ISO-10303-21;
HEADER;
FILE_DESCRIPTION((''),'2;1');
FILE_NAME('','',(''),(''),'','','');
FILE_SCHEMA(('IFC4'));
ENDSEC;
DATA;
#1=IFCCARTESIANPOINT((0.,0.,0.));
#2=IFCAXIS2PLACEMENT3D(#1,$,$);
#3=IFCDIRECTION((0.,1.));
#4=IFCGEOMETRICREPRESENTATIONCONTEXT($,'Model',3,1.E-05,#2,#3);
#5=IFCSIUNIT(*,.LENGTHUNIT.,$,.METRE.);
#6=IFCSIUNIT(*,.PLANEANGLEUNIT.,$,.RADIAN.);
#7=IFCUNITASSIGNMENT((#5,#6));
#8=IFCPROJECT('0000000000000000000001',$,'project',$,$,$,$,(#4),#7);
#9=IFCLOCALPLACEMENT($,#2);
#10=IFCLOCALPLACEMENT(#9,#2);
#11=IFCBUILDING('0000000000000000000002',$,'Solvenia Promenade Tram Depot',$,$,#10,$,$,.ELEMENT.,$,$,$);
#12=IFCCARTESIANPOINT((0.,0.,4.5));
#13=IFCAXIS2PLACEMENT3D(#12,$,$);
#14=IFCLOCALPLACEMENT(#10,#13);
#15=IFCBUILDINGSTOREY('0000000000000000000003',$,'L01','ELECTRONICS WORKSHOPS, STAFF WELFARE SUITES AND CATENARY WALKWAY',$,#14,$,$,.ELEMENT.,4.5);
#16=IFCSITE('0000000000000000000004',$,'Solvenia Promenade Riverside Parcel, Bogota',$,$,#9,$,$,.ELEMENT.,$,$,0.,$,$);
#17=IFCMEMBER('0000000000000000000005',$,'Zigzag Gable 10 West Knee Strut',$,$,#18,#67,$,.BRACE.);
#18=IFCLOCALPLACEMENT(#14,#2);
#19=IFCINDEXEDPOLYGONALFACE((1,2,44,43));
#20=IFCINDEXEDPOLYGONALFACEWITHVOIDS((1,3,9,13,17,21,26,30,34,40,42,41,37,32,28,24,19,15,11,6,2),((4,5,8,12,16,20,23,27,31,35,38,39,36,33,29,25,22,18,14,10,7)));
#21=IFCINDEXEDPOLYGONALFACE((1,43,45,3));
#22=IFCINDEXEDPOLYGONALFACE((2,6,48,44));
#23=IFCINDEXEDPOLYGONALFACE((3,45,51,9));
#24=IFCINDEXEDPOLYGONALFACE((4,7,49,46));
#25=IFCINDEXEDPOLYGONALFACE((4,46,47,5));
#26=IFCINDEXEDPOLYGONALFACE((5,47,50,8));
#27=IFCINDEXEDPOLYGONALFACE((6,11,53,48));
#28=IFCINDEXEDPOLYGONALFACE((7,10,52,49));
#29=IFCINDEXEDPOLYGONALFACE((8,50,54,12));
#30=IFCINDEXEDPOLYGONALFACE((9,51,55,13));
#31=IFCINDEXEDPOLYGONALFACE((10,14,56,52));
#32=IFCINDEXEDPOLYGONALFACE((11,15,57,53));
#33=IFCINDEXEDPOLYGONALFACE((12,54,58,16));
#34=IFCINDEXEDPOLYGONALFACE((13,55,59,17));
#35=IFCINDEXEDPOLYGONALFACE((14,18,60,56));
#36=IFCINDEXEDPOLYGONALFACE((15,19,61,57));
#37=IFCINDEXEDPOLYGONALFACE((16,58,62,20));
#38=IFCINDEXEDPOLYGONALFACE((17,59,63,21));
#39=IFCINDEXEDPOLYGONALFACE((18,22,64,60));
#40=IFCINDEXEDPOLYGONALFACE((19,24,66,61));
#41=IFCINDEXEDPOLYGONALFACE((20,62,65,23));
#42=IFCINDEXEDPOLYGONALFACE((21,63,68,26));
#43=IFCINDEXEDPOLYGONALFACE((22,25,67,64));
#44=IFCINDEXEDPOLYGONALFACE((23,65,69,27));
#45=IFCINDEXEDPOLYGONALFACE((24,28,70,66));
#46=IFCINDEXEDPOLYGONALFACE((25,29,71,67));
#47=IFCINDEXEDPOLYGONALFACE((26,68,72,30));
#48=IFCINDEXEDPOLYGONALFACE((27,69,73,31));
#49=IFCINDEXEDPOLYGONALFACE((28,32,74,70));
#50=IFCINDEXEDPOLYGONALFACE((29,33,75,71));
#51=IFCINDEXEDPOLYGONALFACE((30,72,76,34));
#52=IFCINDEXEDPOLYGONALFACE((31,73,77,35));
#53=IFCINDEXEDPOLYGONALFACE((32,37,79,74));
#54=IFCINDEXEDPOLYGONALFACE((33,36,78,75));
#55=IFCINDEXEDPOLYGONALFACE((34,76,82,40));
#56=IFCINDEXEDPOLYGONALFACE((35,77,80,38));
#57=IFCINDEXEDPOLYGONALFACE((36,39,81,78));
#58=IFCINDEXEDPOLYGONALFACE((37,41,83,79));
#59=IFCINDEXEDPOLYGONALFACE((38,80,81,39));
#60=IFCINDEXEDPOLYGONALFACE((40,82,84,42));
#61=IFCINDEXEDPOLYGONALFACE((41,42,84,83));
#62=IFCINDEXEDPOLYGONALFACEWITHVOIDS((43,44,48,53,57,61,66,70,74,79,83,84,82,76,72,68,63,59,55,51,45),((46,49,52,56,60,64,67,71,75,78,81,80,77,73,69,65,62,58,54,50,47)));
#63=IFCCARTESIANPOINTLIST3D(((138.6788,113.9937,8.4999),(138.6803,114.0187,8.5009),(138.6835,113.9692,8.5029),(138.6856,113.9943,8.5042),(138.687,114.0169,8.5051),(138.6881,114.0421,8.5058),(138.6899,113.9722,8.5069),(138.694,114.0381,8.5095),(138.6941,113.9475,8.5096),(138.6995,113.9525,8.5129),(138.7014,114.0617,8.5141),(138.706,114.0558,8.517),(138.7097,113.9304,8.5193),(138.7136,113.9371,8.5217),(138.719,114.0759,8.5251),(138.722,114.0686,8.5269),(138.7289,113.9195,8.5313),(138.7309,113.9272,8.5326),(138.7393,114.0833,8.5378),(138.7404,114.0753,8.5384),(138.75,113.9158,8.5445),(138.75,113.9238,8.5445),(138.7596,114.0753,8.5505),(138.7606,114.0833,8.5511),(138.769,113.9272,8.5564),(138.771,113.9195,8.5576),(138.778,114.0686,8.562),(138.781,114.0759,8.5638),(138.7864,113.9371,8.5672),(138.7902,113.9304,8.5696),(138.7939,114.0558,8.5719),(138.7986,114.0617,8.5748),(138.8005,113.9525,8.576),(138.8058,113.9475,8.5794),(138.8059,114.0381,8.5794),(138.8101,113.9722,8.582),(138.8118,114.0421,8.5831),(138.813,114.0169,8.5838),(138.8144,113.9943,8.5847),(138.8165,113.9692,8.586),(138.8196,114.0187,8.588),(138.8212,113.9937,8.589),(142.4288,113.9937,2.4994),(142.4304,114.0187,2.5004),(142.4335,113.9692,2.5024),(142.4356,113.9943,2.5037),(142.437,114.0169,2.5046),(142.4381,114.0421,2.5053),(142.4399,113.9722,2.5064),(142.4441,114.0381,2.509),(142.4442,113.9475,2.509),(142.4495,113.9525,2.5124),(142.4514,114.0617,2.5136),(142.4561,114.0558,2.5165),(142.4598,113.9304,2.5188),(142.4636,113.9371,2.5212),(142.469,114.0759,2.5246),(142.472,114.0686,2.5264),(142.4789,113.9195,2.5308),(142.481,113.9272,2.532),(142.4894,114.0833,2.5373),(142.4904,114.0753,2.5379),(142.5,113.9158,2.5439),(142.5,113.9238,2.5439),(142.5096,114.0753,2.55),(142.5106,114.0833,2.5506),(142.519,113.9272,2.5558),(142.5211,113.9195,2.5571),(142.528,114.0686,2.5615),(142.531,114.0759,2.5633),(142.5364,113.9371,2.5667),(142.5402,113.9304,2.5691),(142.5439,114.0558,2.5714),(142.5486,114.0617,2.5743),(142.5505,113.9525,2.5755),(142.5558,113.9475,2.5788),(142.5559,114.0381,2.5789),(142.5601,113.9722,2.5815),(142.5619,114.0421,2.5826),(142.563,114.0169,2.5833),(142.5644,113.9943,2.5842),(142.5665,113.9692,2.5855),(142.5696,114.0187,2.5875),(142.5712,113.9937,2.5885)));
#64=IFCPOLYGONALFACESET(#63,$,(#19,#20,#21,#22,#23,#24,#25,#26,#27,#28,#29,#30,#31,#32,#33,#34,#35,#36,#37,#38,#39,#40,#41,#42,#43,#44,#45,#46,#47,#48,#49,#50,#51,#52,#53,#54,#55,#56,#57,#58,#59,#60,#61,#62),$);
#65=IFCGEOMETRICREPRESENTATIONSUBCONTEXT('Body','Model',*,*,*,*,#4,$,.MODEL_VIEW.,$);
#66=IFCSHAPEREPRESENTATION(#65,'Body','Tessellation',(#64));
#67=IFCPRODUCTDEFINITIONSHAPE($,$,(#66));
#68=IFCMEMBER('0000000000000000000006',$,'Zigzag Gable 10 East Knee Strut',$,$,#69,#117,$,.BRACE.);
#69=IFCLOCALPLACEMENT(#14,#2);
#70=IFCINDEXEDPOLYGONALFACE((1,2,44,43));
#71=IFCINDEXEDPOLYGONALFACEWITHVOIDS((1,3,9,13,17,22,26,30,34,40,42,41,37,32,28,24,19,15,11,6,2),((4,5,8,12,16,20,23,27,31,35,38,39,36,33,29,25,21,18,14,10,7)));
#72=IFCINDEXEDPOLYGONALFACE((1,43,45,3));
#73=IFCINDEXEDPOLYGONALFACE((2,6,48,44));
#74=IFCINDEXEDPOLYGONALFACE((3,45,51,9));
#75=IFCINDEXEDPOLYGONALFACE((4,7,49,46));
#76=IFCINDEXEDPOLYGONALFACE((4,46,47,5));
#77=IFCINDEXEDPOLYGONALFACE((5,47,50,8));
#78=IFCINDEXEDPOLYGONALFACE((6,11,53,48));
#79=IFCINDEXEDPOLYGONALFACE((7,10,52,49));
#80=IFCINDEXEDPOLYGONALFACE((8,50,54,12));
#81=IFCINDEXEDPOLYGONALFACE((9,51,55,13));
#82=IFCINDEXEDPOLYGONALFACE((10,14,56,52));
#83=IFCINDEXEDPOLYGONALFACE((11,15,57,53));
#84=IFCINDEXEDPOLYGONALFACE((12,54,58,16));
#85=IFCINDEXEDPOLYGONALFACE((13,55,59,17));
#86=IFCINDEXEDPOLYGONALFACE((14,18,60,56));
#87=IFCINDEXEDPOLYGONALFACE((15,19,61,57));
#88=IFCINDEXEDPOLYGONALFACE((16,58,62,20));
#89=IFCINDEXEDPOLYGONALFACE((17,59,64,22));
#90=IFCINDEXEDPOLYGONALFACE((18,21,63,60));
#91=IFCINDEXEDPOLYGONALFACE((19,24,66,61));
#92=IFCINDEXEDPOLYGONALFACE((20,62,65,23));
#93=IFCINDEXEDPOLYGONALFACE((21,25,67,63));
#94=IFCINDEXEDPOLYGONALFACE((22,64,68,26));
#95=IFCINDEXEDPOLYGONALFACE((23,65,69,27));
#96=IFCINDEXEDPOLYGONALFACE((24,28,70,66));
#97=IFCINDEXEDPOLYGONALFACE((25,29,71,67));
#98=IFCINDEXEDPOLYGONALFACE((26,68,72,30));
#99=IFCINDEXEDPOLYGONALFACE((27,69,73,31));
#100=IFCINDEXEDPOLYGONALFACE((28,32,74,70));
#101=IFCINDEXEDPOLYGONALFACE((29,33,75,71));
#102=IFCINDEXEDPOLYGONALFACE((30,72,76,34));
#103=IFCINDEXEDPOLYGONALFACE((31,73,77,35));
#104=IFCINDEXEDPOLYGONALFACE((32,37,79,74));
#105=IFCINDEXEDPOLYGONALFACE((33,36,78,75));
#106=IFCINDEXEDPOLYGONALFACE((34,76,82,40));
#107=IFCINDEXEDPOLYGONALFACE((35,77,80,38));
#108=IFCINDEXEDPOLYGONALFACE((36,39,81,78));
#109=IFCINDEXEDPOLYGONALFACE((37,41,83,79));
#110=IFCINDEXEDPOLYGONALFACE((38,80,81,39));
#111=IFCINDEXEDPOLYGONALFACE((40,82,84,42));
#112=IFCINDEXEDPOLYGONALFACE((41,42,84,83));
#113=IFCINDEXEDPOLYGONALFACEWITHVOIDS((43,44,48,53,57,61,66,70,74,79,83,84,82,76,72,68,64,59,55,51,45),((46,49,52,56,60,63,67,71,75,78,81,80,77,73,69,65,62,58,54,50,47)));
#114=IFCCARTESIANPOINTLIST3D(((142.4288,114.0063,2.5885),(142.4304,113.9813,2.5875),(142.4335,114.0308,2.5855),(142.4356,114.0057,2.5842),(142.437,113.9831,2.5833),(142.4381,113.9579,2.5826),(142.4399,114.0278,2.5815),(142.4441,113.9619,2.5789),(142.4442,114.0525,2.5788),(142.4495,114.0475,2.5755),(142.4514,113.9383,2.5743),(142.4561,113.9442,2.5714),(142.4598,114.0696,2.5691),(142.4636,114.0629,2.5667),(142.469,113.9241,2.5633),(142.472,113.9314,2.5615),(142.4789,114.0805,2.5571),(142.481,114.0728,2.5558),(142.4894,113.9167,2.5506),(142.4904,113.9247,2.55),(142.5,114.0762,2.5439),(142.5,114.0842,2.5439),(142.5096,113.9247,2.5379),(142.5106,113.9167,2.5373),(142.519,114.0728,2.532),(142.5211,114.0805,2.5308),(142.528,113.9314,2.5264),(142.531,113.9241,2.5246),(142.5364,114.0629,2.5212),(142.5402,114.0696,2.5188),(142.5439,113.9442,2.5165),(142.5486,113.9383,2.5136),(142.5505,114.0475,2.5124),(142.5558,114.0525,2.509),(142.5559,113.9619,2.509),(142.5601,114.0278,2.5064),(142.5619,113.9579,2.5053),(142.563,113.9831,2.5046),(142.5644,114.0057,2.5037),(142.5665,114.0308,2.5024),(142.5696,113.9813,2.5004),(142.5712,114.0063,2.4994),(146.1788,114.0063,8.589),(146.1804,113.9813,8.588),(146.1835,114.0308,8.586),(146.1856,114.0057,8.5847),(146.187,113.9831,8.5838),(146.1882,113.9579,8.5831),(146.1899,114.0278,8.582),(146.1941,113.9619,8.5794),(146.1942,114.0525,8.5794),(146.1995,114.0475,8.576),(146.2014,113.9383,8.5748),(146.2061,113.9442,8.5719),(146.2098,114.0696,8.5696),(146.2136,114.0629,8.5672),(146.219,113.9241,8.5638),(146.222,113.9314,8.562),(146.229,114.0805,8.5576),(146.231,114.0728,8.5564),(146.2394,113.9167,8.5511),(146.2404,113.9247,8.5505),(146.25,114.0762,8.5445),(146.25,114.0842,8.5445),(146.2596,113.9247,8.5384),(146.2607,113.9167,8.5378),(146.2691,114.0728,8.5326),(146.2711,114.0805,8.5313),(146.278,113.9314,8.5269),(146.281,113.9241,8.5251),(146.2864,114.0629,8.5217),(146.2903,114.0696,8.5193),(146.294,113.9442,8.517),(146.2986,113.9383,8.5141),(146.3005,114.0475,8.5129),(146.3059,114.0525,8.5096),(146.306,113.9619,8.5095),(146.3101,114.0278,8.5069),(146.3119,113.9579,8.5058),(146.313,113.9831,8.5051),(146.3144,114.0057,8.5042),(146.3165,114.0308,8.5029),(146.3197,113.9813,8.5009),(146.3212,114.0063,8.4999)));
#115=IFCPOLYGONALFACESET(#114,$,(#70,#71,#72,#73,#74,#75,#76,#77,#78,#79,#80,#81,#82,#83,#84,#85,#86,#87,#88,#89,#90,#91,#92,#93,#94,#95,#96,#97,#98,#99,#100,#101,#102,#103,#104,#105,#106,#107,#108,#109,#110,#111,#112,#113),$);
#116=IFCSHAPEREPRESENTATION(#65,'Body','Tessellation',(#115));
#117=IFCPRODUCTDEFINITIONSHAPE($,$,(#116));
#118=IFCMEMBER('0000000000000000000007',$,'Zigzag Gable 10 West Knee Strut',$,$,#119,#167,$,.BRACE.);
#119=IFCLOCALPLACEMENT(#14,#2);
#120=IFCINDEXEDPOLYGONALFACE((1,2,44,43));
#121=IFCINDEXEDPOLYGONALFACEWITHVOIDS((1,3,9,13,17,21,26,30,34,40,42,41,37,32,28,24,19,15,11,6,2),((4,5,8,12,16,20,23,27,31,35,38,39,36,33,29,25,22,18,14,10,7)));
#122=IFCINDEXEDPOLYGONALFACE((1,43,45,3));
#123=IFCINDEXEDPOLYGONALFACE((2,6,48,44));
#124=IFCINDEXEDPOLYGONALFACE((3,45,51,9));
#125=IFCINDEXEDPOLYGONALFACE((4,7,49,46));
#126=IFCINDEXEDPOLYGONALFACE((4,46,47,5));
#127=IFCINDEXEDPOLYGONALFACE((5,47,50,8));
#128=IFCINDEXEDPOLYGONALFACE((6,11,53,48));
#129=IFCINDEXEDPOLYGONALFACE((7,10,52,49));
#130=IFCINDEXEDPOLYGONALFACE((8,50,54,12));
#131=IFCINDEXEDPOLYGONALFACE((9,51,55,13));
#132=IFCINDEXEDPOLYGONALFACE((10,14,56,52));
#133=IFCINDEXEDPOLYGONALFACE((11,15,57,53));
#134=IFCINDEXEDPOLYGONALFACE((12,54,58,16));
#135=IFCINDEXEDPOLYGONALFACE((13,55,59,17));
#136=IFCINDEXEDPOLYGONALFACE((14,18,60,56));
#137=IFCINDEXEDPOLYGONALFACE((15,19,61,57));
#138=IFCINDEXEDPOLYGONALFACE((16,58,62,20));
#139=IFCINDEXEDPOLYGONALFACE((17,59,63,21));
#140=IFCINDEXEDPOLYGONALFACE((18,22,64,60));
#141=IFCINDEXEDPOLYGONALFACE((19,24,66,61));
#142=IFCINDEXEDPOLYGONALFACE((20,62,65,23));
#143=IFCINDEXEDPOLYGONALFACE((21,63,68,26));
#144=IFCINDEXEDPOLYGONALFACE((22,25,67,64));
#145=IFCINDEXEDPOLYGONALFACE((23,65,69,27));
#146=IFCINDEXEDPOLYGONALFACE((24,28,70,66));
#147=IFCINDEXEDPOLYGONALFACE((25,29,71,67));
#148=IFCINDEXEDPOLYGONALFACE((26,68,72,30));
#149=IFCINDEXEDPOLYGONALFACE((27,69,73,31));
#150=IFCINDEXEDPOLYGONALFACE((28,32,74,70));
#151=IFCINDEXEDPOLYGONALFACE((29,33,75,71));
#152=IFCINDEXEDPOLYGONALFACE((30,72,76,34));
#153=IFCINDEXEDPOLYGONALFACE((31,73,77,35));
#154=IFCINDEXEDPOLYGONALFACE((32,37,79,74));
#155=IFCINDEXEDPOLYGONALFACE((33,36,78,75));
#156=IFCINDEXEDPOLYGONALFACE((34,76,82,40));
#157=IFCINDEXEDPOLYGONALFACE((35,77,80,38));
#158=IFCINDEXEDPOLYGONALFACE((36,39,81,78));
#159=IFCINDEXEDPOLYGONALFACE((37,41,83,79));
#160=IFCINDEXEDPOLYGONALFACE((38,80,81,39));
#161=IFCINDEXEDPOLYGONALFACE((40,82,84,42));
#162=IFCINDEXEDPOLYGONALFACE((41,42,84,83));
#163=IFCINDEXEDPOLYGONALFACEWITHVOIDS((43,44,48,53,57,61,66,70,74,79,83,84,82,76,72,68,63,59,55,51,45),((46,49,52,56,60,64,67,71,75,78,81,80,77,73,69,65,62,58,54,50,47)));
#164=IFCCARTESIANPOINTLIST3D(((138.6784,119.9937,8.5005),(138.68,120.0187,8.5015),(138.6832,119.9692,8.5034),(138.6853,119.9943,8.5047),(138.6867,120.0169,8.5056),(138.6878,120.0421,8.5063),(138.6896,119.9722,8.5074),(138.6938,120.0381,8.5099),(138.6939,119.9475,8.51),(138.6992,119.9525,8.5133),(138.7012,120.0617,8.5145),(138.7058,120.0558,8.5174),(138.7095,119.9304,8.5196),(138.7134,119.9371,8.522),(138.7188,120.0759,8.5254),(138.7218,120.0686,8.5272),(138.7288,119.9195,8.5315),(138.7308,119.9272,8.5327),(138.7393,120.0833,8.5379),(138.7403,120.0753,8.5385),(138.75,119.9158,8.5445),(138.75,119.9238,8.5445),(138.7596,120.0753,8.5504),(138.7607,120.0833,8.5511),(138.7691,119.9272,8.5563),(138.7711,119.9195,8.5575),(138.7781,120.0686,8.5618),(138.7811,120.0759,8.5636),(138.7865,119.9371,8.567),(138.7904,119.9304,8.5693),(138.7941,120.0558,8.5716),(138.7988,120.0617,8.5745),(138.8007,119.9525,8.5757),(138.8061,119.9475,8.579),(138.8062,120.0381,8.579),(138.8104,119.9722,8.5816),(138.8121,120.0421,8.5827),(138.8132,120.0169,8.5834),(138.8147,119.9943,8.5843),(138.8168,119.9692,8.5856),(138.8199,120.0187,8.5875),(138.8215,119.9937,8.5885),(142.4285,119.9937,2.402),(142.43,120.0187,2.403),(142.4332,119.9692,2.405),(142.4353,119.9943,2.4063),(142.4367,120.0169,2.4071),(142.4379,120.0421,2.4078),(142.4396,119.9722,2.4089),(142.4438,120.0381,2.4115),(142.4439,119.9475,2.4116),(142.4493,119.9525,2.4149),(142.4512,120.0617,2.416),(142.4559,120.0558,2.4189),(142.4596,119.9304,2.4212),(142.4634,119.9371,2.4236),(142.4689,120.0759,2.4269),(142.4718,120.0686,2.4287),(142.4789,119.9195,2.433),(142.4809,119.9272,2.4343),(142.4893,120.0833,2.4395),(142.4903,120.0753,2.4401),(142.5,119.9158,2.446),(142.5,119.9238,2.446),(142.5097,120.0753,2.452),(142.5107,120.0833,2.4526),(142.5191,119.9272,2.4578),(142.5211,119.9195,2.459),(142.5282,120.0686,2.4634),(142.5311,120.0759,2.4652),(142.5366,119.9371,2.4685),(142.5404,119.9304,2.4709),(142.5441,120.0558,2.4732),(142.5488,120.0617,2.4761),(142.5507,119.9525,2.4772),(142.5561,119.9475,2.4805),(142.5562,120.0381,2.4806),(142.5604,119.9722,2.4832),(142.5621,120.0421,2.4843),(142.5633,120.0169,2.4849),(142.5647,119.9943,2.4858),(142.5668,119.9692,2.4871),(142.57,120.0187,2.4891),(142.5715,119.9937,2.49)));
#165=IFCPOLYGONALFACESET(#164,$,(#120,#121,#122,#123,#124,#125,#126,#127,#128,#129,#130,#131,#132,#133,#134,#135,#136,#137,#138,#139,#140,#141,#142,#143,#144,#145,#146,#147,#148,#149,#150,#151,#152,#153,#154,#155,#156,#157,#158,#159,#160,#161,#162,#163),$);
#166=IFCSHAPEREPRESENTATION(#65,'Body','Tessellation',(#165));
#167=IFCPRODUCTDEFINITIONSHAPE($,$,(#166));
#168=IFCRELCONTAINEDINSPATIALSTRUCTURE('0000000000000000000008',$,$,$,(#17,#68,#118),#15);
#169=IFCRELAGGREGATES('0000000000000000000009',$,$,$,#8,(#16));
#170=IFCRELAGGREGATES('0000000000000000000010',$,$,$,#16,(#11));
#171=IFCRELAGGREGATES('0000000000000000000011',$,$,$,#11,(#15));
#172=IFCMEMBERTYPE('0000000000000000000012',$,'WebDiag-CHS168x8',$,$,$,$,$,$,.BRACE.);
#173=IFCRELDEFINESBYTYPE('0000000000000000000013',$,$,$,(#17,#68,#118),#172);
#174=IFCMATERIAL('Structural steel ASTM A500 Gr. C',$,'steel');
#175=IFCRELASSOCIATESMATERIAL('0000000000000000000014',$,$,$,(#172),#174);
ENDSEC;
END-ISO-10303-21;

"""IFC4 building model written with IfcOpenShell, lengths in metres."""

from ifc_helpers import new_model, si_unit, direction, frame, origin, origin_2d, place, context, subcontext, project, spatial, hollow_circle, extrude, material, material_profile, profile_set, type_object, element, save


model = new_model("IFC4")

# Units and contexts
model_context = context("Model", 3, precision=1e-05, world=origin(), true_north=direction((0.0, 1.0)))
body_context = subcontext(model_context, "Body", "Model", "MODEL_VIEW")
ifc_project = project(units=[si_unit("LENGTHUNIT", "METRE"), si_unit("PLANEANGLEUNIT", "RADIAN")], contexts=[model_context])

# Site, building, storey
site_placement = place(None, origin())
site = spatial("IfcSite", under=ifc_project, at=site_placement, Name="Solvenia Promenade Riverside Parcel, Bogota", CompositionType="ELEMENT", RefElevation=0.0)
building_placement = place(site_placement, origin())
building = spatial("IfcBuilding", under=site, at=building_placement, Name="Solvenia Promenade Tram Depot", CompositionType="ELEMENT")
storey_placement = place(building_placement, frame((0.0, 0.0, 4.5)))
storey = spatial("IfcBuildingStorey", under=building, at=storey_placement, Name="L01", Description="ELECTRONICS WORKSHOPS, STAFF WELFARE SUITES AND CATENARY WALKWAY", CompositionType="ELEMENT", Elevation=4.5)

# Shared definitions
ifc_material_1 = material(Name="Structural steel ASTM A500 Gr. C", Category="steel")

# Members
ifc_material_profile_1 = material_profile(ifc_material_1, hollow_circle(Radius=0.0842, WallThickness=0.0081, at=origin_2d()), Name="CHS168.3x8", Category="steel")
ifc_profile_set_1 = profile_set([ifc_material_profile_1], Name="Structural steel ASTM A500 Gr. C")
member_type_1 = type_object("IfcMemberType", Name="WebDiag-CHS168x8", PredefinedType="BRACE", material=ifc_profile_set_1)
for number, where, z_axis, x_axis, name in (
    (1, (142.5, 114.0, 2.5439), (-0.529968, 0.0, 0.848018), (0.0, -1.0, 0.0), "Zigzag Gable 10 West Knee Strut"),
    (2, (142.5, 114.0, 2.5439), (0.529968, 0.0, 0.848018), (0.0, 1.0, 0.0), "Zigzag Gable 10 East Knee Strut"),
):
    element("IfcMember", number, at=place(storey_placement, frame(where, z_axis=z_axis, x_axis=x_axis)), inside=storey, type_object=member_type_1, Name=name, PredefinedType="BRACE", context=body_context, shape_type="SweptSolid", body=[
        extrude(hollow_circle(Radius=0.0842, WallThickness=0.0081, at=origin_2d()), origin(), (0.0, 0.0, 1.0), 7.0759),
    ])
for number, where, z_axis, x_axis, name in (
    (3, (142.5, 120.0, 2.446), (-0.523808, 0.0, 0.851836), (0.0, -1.0, 0.0), "Zigzag Gable 10 West Knee Strut"),
):
    element("IfcMember", number, at=place(storey_placement, frame(where, z_axis=z_axis, x_axis=x_axis)), inside=storey, type_object=member_type_1, Name=name, PredefinedType="BRACE", context=body_context, shape_type="SweptSolid", body=[
        extrude(hollow_circle(Radius=0.0842, WallThickness=0.0081, at=origin_2d()), origin(), (0.0, 0.0, 1.0), 7.1592),
    ])

save(model, "model.ifc")
